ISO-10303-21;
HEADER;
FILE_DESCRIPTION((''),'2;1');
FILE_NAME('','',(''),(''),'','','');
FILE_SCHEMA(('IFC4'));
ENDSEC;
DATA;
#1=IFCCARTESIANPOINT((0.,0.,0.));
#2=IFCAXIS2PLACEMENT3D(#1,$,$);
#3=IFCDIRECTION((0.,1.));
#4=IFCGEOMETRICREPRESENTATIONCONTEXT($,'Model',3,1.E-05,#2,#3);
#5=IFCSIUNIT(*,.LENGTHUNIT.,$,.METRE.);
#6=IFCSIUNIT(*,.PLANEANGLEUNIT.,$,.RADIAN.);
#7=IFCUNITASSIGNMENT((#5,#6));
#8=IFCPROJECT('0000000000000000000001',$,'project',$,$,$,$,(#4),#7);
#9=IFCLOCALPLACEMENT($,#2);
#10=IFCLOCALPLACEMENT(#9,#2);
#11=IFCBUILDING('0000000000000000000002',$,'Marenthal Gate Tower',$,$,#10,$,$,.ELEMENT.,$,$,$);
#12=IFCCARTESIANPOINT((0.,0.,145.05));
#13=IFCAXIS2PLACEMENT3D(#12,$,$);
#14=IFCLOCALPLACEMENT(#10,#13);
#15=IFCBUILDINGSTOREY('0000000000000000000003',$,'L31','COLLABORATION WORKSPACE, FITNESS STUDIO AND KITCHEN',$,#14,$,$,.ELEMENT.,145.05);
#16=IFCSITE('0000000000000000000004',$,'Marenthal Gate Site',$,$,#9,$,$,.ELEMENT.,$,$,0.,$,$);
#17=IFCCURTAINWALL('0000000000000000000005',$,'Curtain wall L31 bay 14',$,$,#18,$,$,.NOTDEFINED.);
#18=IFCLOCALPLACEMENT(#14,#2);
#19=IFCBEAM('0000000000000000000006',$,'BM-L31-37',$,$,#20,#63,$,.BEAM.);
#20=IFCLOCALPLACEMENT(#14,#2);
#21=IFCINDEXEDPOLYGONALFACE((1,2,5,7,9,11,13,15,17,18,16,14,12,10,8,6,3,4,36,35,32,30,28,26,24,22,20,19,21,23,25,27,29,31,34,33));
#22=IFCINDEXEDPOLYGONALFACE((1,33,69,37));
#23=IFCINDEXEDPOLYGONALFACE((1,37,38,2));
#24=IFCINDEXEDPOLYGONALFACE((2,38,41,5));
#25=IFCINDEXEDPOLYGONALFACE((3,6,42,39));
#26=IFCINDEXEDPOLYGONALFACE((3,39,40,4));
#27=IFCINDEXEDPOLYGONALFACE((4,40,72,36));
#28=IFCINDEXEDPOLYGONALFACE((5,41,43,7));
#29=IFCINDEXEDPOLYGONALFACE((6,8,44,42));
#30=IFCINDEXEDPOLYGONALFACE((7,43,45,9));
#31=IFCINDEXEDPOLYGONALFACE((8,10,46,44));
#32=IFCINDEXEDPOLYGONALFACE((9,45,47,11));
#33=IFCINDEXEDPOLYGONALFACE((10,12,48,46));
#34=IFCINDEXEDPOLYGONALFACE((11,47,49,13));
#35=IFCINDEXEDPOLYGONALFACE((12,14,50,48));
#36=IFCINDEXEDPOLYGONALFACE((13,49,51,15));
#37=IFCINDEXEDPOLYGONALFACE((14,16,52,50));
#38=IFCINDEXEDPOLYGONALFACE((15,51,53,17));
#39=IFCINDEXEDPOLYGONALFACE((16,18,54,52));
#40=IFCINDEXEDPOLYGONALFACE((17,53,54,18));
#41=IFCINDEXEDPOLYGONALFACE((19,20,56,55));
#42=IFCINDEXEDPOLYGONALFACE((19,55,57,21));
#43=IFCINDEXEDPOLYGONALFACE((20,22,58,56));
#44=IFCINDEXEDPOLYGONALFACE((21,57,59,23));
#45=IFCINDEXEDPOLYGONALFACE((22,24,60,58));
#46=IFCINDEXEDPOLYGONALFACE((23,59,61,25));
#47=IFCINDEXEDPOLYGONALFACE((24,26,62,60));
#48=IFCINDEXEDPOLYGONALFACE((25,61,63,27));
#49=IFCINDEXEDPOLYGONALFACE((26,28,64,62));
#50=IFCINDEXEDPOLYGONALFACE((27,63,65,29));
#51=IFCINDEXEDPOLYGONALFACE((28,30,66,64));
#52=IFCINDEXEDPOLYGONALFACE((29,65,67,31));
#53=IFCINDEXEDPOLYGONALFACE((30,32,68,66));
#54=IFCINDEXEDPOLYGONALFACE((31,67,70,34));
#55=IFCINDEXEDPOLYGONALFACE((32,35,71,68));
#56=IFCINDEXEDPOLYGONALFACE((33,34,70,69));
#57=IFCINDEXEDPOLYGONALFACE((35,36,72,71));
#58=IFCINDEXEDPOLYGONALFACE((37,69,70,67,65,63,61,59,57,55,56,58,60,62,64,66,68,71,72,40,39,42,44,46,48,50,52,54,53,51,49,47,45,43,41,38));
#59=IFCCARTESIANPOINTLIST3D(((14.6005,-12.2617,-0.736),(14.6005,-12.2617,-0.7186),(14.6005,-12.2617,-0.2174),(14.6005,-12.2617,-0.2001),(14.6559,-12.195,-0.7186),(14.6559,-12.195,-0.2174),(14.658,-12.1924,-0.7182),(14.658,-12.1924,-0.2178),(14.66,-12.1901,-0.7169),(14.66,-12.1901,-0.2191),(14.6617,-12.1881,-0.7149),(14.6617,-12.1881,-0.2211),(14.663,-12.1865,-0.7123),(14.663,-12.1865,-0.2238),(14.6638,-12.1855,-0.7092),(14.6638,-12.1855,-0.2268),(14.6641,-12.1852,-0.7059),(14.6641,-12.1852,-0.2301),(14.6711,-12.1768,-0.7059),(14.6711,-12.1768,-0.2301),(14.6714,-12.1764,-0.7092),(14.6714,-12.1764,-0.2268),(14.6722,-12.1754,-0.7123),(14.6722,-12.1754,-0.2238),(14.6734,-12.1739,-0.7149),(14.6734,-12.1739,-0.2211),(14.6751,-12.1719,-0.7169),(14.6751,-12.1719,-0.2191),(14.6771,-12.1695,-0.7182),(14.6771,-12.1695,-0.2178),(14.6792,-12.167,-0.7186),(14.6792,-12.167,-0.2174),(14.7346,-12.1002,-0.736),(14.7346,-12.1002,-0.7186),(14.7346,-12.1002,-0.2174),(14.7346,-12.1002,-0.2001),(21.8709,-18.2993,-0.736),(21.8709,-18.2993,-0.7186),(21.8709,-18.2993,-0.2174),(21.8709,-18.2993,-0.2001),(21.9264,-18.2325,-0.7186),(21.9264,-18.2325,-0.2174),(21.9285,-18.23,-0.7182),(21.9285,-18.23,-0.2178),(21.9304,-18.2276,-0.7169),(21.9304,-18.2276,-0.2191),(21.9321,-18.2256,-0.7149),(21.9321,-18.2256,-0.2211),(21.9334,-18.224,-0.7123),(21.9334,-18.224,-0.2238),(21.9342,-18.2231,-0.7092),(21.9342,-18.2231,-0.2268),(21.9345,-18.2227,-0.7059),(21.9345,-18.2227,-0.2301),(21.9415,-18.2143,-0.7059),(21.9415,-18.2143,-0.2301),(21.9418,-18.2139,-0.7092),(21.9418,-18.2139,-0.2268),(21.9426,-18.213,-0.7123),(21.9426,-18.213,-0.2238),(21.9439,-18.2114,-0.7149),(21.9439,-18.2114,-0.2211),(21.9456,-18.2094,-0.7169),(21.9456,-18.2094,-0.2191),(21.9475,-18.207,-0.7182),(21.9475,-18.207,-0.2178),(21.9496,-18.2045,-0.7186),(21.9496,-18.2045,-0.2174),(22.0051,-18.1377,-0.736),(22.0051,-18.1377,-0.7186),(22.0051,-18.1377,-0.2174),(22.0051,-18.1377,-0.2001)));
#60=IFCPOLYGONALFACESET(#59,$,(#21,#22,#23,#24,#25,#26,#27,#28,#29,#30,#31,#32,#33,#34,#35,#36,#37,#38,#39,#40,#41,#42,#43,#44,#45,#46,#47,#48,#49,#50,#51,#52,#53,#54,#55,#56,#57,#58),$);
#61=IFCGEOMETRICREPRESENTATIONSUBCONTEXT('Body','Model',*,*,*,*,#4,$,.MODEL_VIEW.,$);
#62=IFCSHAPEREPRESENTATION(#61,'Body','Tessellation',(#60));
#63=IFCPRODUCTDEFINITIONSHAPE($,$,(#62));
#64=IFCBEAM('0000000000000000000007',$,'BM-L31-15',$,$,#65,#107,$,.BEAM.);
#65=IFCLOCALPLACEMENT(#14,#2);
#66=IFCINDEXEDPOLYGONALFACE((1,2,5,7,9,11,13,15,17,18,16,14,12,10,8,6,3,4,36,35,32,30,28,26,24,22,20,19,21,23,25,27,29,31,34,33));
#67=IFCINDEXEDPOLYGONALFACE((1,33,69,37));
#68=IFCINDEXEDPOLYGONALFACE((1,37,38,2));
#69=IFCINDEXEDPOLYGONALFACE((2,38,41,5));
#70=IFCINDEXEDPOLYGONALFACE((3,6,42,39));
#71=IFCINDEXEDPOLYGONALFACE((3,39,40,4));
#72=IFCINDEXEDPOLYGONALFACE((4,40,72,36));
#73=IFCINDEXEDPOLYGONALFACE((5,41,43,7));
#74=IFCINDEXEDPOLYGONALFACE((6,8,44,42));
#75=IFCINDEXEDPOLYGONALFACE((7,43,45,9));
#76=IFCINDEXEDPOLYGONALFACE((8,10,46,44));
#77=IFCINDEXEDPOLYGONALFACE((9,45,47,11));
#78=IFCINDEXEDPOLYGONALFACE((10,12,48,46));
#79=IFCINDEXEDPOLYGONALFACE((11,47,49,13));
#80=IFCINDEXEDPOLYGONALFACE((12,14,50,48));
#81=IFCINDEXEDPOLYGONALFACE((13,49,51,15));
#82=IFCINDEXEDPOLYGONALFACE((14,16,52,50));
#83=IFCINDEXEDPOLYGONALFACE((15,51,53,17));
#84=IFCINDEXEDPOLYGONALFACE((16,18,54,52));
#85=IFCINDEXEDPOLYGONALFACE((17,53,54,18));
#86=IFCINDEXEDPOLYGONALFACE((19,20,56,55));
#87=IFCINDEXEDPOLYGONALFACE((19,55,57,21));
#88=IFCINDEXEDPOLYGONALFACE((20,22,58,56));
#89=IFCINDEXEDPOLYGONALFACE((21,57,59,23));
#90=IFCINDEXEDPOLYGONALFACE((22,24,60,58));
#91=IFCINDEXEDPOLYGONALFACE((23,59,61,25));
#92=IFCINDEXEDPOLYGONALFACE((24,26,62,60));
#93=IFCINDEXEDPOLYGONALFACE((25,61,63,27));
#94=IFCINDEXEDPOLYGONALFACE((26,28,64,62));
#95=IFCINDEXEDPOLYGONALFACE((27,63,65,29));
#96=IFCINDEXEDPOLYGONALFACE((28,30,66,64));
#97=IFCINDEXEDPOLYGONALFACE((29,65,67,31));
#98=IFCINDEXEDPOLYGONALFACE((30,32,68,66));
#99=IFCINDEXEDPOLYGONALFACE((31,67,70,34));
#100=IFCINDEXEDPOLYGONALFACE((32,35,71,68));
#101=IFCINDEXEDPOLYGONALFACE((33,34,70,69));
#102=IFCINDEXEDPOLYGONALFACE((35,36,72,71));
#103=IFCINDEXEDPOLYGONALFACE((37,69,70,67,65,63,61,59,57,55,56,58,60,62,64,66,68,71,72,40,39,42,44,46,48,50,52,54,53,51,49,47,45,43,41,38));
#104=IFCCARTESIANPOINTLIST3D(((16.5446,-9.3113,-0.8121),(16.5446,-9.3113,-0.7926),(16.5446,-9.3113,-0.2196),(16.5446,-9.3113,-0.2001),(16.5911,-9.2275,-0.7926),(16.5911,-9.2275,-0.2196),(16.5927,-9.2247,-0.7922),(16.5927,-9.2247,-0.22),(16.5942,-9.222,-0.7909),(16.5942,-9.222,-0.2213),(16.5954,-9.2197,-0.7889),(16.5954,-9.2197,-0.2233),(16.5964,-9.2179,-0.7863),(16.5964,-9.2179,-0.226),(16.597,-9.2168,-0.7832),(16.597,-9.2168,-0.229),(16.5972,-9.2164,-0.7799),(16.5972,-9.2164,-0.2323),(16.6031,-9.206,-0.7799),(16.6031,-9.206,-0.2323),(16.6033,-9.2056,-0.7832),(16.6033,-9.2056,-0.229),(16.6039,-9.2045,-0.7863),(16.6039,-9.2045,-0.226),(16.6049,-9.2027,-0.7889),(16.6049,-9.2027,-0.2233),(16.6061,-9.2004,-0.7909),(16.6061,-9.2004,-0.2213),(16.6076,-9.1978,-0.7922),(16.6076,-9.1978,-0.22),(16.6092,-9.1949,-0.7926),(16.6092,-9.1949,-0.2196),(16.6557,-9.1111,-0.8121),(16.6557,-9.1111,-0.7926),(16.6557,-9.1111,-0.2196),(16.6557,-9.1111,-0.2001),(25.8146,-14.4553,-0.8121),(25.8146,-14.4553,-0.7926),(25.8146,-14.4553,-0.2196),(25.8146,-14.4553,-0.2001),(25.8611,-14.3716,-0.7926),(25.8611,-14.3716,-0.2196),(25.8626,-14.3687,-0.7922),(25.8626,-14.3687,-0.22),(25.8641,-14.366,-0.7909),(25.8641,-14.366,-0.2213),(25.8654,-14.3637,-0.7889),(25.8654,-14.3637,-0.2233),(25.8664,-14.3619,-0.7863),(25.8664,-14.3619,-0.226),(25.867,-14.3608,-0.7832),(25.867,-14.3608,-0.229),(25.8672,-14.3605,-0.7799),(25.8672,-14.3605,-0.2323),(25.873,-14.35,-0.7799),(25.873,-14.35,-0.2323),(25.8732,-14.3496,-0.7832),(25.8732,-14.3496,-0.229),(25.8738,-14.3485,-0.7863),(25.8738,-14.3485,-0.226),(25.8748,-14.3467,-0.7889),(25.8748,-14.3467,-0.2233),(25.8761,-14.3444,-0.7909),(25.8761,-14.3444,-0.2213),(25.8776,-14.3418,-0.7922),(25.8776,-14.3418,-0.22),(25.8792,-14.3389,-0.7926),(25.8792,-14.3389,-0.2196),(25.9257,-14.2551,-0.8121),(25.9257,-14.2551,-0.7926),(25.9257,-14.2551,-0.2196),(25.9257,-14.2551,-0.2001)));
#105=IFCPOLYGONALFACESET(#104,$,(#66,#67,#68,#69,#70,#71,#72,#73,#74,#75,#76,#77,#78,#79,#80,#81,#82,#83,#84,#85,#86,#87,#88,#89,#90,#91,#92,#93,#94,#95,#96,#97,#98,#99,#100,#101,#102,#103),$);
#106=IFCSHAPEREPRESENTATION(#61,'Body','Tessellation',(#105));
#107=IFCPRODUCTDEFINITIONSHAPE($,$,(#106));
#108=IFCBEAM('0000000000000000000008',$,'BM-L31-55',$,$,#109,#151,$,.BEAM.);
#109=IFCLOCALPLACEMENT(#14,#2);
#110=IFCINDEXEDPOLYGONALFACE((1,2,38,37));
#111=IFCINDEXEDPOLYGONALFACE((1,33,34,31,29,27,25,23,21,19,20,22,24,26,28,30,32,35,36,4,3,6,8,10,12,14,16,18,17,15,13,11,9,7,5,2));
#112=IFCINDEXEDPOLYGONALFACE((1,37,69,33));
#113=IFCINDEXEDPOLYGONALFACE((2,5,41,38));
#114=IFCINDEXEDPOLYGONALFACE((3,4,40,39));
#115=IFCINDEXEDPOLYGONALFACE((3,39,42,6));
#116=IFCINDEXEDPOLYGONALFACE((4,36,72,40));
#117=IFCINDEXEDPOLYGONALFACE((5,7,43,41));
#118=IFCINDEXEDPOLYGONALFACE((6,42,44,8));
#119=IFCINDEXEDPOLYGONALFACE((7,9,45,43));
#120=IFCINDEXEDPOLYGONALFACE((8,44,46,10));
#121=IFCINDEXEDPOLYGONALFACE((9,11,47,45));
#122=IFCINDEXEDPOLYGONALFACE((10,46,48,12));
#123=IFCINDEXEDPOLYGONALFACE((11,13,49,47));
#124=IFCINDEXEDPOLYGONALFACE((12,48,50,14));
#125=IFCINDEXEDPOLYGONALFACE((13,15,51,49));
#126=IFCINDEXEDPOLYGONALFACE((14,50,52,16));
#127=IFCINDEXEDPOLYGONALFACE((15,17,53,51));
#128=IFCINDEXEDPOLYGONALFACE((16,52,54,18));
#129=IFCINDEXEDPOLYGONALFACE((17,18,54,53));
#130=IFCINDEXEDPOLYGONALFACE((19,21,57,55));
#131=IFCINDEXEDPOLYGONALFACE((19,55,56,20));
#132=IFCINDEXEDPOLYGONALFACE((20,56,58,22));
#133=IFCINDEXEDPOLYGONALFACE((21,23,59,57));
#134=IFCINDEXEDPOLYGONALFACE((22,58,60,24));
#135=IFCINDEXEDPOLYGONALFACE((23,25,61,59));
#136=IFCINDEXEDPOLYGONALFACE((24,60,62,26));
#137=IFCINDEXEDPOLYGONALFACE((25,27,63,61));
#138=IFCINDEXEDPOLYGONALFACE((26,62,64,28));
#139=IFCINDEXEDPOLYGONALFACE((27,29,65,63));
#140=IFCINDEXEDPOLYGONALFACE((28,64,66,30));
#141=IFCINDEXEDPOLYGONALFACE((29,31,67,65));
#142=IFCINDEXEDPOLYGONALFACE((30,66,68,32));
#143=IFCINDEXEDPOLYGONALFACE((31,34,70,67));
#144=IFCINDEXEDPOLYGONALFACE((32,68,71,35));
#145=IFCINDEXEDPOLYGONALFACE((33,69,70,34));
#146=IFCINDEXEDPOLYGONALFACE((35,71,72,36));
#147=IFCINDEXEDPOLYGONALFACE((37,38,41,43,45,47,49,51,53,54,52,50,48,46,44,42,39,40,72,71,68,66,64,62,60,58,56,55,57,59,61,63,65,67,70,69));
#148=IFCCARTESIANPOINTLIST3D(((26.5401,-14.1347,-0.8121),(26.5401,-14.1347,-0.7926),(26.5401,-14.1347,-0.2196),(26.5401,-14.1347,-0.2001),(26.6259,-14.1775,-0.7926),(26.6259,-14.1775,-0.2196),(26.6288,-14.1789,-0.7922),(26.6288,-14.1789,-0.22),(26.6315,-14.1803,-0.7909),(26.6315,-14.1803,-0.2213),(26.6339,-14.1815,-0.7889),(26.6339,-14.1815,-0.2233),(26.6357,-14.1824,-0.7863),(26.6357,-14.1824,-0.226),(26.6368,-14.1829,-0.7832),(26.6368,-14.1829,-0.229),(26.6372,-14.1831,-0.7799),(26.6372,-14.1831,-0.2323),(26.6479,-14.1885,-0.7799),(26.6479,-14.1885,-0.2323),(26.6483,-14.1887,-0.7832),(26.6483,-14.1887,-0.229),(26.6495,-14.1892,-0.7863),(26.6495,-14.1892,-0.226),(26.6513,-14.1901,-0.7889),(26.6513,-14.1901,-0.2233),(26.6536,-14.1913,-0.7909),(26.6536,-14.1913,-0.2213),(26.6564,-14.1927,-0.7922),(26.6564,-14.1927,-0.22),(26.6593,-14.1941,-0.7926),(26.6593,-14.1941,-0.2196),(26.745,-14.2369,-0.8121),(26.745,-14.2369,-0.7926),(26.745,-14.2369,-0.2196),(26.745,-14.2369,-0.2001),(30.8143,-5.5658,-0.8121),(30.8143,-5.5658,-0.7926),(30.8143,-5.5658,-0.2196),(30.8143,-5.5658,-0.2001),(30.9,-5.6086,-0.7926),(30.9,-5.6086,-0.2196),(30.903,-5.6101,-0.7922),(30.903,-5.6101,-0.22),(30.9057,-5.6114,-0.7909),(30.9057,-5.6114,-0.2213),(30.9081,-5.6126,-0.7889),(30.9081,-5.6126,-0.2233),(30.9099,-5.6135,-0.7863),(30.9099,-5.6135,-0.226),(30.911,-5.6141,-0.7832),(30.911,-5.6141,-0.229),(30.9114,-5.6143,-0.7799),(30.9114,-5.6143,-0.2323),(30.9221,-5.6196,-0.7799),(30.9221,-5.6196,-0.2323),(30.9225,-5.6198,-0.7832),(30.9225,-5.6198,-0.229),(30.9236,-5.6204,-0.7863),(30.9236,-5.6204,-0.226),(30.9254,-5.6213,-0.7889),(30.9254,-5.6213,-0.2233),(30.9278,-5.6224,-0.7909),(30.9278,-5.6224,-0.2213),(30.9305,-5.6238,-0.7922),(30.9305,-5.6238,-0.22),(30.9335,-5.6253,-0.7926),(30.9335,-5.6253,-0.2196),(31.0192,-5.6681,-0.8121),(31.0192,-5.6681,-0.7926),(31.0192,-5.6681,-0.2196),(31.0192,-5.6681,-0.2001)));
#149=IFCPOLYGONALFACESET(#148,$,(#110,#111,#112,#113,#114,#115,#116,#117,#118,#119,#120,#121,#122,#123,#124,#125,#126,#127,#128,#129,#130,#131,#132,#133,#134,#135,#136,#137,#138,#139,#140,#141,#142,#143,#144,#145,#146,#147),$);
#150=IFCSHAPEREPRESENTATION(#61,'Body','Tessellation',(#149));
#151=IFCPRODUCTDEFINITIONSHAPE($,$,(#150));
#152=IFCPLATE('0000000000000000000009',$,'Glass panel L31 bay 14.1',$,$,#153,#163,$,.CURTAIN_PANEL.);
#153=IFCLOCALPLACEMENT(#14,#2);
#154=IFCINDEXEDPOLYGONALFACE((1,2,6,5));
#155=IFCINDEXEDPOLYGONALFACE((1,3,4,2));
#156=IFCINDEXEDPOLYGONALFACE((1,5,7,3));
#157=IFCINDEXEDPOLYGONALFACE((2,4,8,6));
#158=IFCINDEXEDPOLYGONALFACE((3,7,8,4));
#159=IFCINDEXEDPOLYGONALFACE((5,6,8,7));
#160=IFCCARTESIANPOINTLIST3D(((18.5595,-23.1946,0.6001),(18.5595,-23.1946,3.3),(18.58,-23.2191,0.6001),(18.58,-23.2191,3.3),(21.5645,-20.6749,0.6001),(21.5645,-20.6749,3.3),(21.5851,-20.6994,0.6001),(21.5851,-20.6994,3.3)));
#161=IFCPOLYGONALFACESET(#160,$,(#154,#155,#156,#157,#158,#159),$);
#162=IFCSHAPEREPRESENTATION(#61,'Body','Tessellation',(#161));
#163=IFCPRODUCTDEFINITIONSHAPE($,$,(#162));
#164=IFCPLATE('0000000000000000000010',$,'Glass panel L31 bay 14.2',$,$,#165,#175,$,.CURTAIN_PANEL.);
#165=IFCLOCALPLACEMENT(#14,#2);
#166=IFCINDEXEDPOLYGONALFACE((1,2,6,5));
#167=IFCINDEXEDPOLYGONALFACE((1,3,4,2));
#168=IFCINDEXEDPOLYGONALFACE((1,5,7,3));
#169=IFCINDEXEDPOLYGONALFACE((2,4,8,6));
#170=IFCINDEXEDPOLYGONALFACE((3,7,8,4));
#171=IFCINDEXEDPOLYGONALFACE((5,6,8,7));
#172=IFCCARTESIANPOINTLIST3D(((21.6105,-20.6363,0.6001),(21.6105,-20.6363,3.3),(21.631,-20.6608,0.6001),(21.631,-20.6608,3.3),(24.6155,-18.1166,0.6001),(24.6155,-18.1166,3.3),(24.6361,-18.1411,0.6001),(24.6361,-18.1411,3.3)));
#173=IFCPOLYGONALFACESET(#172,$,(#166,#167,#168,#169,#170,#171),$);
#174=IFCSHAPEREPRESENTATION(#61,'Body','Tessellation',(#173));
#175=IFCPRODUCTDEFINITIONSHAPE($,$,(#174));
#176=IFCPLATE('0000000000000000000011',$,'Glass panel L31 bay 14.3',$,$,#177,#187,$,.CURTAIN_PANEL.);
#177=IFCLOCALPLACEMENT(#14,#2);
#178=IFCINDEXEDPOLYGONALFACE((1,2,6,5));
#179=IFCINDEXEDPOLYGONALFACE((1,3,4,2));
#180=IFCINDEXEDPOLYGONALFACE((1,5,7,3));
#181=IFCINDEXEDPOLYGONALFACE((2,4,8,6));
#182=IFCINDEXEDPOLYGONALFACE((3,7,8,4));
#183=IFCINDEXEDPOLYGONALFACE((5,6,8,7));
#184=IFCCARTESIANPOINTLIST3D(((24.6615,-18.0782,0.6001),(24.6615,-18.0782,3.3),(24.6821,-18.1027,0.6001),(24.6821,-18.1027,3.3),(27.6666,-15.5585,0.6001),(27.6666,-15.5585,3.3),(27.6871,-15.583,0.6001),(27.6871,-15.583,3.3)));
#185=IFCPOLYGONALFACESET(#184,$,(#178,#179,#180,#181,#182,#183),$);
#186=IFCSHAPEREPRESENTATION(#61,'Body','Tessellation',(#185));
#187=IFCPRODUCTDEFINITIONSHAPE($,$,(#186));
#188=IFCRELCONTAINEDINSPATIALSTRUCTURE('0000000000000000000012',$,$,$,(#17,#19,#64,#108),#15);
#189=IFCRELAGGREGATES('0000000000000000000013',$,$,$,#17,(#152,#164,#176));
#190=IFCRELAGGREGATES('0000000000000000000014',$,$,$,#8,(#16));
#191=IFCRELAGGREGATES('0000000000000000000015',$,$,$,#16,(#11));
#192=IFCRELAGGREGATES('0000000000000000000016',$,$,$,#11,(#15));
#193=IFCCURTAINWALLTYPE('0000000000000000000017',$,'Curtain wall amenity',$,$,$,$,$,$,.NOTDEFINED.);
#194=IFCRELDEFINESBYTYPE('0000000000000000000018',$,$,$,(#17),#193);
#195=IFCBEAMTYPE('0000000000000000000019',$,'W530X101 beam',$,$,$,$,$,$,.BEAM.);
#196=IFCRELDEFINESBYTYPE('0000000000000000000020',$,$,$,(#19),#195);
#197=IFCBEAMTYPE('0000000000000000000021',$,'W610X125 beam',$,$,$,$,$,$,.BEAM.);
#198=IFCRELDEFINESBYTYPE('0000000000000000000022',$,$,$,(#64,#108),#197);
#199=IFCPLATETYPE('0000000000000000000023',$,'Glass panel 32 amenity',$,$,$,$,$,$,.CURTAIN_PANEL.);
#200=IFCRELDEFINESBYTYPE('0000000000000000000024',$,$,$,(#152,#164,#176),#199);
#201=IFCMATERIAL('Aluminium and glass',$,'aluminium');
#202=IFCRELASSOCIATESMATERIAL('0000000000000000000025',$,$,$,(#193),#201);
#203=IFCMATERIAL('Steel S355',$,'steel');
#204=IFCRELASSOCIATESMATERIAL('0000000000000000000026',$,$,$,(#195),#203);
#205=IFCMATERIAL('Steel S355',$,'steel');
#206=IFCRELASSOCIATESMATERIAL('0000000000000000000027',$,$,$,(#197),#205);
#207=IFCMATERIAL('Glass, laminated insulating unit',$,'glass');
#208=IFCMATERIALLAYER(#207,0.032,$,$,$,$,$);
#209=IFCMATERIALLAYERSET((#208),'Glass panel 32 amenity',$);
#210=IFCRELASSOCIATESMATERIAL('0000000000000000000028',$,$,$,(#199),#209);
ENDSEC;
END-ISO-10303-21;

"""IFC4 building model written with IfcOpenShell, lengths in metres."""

from ifc_helpers import new_model, si_unit, direction, frame, origin, origin_2d, place, context, subcontext, project, spatial, rectangle, i_section, extrude, material, layer, layer_set, material_profile, profile_set, type_object, element, aggregate, save


model = new_model("IFC4")

# Units and contexts
model_context = context("Model", 3, precision=1e-05, world=origin(), true_north=direction((0.0, 1.0)))
body_context = subcontext(model_context, "Body", "Model", "MODEL_VIEW")
ifc_project = project(units=[si_unit("LENGTHUNIT", "METRE"), si_unit("PLANEANGLEUNIT", "RADIAN")], contexts=[model_context])

# Site, building, storey
site_placement = place(None, origin())
site = spatial("IfcSite", under=ifc_project, at=site_placement, Name="Marenthal Gate Site", CompositionType="ELEMENT", RefElevation=0.0)
building_placement = place(site_placement, origin())
building = spatial("IfcBuilding", under=site, at=building_placement, Name="Marenthal Gate Tower", CompositionType="ELEMENT")
storey_placement = place(building_placement, frame((0.0, 0.0, 145.05)))
storey = spatial("IfcBuildingStorey", under=building, at=storey_placement, Name="L31", Description="COLLABORATION WORKSPACE, FITNESS STUDIO AND KITCHEN", CompositionType="ELEMENT", Elevation=145.05)

# Curtain wall
ifc_material_1 = material(Name="Aluminium and glass", Category="aluminium")
curtain_wall_type_1 = type_object("IfcCurtainWallType", Name="Curtain wall amenity", PredefinedType="NOTDEFINED", material=ifc_material_1)
curtain_wall_1_placement = place(storey_placement, origin())
curtain_wall_1 = element("IfcCurtainWall", 1, at=curtain_wall_1_placement, inside=storey, type_object=curtain_wall_type_1, Name="Curtain wall L31 bay 14", PredefinedType="NOTDEFINED")

# Beams
ifc_material_2 = material(Name="Steel S355", Category="steel")
ifc_material_profile_1 = material_profile(ifc_material_2, i_section(OverallWidth=0.21, OverallDepth=0.5359, WebThickness=0.011, FlangeThickness=0.0173, FilletRadius=0.0127, at=origin_2d()), Name="W530X101")
ifc_profile_set_1 = profile_set([ifc_material_profile_1], Name="Steel S355")
beam_type_1 = type_object("IfcBeamType", Name="W530X101 beam", PredefinedType="BEAM", material=ifc_profile_set_1)
beam_1_placement = place(storey_placement, frame((21.938, -18.2185, -0.468), z_axis=(-0.769321, 0.638862, 0.0), x_axis=(-0.638862, -0.769321, 0.0)))
element("IfcBeam", 2, at=beam_1_placement, inside=storey, type_object=beam_type_1, Name="BM-L31-37", PredefinedType="BEAM", context=body_context, shape_type="SweptSolid", body=[
    extrude(i_section(OverallWidth=0.21, OverallDepth=0.5359, WebThickness=0.011, FlangeThickness=0.0173, FilletRadius=0.0127, at=origin_2d()), origin(), (0.0, 0.0, 1.0), 9.4504),
])
ifc_material_3 = material(Name="Steel S355", Category="steel")
ifc_material_profile_2 = material_profile(ifc_material_3, i_section(OverallWidth=0.229, OverallDepth=0.6121, WebThickness=0.012, FlangeThickness=0.0195, FilletRadius=0.0127, at=origin_2d()), Name="W610X125")
ifc_profile_set_2 = profile_set([ifc_material_profile_2], Name="Steel S355")
beam_type_2 = type_object("IfcBeamType", Name="W610X125 beam", PredefinedType="BEAM", material=ifc_profile_set_2)
beam_2_placement = place(storey_placement, frame((25.8701, -14.3552, -0.5061), z_axis=(-0.874396, 0.485213, 0.0), x_axis=(-0.485213, -0.874396, 0.0)))
element("IfcBeam", 3, at=beam_2_placement, inside=storey, type_object=beam_type_2, Name="BM-L31-15", PredefinedType="BEAM", context=body_context, shape_type="SweptSolid", body=[
    extrude(i_section(OverallWidth=0.229, OverallDepth=0.6121, WebThickness=0.012, FlangeThickness=0.0195, FilletRadius=0.0127, at=origin_2d()), origin(), (0.0, 0.0, 1.0), 10.6016),
])
beam_3_placement = place(storey_placement, frame((26.6426, -14.1858, -0.5061), z_axis=(0.446357, 0.894855, 0.0), x_axis=(-0.894855, 0.446357, 0.0)))
element("IfcBeam", 4, at=beam_3_placement, inside=storey, type_object=beam_type_2, Name="BM-L31-55", PredefinedType="BEAM", context=body_context, shape_type="SweptSolid", body=[
    extrude(i_section(OverallWidth=0.229, OverallDepth=0.6121, WebThickness=0.012, FlangeThickness=0.0195, FilletRadius=0.0127, at=origin_2d()), origin(), (0.0, 0.0, 1.0), 9.5757),
])

# Plates
ifc_material_4 = material(Name="Glass, laminated insulating unit", Category="glass")
ifc_layer_1 = layer(ifc_material_4, 0.032)
ifc_layer_set_1 = layer_set([ifc_layer_1], Name="Glass panel 32 amenity")
plate_type_1 = type_object("IfcPlateType", Name="Glass panel 32 amenity", PredefinedType="CURTAIN_PANEL", material=ifc_layer_set_1)
plate_1_placement = place(storey_placement, frame((20.0723, -21.947, 0.6001), z_axis=(0.0, 0.0, 1.0), x_axis=(0.766277, 0.642511, 0.0)))
plate_1 = element("IfcPlate", 5, at=plate_1_placement, type_object=plate_type_1, Name="Glass panel L31 bay 14.1", PredefinedType="CURTAIN_PANEL", context=body_context, shape_type="SweptSolid", body=[
    extrude(rectangle(XDim=3.9216, YDim=0.032, at=origin_2d()), origin(), (0.0, 0.0, 1.0), 2.7),
])
plate_2_placement = place(storey_placement, frame((23.1233, -19.3887, 0.6001), z_axis=(0.0, 0.0, 1.0), x_axis=(0.766277, 0.642511, 0.0)))
plate_2 = element("IfcPlate", 6, at=plate_2_placement, type_object=plate_type_1, Name="Glass panel L31 bay 14.2", PredefinedType="CURTAIN_PANEL", context=body_context, shape_type="SweptSolid", body=[
    extrude(rectangle(XDim=3.9216, YDim=0.032, at=origin_2d()), origin(), (0.0, 0.0, 1.0), 2.7),
])
plate_3_placement = place(storey_placement, frame((26.1743, -16.8306, 0.6001), z_axis=(0.0, 0.0, 1.0), x_axis=(0.766277, 0.642511, 0.0)))
plate_3 = element("IfcPlate", 7, at=plate_3_placement, type_object=plate_type_1, Name="Glass panel L31 bay 14.3", PredefinedType="CURTAIN_PANEL", context=body_context, shape_type="SweptSolid", body=[
    extrude(rectangle(XDim=3.9216, YDim=0.032, at=origin_2d()), origin(), (0.0, 0.0, 1.0), 2.7),
])
aggregate(curtain_wall_1, [plate_1, plate_2, plate_3])

save(model, "model.ifc")
